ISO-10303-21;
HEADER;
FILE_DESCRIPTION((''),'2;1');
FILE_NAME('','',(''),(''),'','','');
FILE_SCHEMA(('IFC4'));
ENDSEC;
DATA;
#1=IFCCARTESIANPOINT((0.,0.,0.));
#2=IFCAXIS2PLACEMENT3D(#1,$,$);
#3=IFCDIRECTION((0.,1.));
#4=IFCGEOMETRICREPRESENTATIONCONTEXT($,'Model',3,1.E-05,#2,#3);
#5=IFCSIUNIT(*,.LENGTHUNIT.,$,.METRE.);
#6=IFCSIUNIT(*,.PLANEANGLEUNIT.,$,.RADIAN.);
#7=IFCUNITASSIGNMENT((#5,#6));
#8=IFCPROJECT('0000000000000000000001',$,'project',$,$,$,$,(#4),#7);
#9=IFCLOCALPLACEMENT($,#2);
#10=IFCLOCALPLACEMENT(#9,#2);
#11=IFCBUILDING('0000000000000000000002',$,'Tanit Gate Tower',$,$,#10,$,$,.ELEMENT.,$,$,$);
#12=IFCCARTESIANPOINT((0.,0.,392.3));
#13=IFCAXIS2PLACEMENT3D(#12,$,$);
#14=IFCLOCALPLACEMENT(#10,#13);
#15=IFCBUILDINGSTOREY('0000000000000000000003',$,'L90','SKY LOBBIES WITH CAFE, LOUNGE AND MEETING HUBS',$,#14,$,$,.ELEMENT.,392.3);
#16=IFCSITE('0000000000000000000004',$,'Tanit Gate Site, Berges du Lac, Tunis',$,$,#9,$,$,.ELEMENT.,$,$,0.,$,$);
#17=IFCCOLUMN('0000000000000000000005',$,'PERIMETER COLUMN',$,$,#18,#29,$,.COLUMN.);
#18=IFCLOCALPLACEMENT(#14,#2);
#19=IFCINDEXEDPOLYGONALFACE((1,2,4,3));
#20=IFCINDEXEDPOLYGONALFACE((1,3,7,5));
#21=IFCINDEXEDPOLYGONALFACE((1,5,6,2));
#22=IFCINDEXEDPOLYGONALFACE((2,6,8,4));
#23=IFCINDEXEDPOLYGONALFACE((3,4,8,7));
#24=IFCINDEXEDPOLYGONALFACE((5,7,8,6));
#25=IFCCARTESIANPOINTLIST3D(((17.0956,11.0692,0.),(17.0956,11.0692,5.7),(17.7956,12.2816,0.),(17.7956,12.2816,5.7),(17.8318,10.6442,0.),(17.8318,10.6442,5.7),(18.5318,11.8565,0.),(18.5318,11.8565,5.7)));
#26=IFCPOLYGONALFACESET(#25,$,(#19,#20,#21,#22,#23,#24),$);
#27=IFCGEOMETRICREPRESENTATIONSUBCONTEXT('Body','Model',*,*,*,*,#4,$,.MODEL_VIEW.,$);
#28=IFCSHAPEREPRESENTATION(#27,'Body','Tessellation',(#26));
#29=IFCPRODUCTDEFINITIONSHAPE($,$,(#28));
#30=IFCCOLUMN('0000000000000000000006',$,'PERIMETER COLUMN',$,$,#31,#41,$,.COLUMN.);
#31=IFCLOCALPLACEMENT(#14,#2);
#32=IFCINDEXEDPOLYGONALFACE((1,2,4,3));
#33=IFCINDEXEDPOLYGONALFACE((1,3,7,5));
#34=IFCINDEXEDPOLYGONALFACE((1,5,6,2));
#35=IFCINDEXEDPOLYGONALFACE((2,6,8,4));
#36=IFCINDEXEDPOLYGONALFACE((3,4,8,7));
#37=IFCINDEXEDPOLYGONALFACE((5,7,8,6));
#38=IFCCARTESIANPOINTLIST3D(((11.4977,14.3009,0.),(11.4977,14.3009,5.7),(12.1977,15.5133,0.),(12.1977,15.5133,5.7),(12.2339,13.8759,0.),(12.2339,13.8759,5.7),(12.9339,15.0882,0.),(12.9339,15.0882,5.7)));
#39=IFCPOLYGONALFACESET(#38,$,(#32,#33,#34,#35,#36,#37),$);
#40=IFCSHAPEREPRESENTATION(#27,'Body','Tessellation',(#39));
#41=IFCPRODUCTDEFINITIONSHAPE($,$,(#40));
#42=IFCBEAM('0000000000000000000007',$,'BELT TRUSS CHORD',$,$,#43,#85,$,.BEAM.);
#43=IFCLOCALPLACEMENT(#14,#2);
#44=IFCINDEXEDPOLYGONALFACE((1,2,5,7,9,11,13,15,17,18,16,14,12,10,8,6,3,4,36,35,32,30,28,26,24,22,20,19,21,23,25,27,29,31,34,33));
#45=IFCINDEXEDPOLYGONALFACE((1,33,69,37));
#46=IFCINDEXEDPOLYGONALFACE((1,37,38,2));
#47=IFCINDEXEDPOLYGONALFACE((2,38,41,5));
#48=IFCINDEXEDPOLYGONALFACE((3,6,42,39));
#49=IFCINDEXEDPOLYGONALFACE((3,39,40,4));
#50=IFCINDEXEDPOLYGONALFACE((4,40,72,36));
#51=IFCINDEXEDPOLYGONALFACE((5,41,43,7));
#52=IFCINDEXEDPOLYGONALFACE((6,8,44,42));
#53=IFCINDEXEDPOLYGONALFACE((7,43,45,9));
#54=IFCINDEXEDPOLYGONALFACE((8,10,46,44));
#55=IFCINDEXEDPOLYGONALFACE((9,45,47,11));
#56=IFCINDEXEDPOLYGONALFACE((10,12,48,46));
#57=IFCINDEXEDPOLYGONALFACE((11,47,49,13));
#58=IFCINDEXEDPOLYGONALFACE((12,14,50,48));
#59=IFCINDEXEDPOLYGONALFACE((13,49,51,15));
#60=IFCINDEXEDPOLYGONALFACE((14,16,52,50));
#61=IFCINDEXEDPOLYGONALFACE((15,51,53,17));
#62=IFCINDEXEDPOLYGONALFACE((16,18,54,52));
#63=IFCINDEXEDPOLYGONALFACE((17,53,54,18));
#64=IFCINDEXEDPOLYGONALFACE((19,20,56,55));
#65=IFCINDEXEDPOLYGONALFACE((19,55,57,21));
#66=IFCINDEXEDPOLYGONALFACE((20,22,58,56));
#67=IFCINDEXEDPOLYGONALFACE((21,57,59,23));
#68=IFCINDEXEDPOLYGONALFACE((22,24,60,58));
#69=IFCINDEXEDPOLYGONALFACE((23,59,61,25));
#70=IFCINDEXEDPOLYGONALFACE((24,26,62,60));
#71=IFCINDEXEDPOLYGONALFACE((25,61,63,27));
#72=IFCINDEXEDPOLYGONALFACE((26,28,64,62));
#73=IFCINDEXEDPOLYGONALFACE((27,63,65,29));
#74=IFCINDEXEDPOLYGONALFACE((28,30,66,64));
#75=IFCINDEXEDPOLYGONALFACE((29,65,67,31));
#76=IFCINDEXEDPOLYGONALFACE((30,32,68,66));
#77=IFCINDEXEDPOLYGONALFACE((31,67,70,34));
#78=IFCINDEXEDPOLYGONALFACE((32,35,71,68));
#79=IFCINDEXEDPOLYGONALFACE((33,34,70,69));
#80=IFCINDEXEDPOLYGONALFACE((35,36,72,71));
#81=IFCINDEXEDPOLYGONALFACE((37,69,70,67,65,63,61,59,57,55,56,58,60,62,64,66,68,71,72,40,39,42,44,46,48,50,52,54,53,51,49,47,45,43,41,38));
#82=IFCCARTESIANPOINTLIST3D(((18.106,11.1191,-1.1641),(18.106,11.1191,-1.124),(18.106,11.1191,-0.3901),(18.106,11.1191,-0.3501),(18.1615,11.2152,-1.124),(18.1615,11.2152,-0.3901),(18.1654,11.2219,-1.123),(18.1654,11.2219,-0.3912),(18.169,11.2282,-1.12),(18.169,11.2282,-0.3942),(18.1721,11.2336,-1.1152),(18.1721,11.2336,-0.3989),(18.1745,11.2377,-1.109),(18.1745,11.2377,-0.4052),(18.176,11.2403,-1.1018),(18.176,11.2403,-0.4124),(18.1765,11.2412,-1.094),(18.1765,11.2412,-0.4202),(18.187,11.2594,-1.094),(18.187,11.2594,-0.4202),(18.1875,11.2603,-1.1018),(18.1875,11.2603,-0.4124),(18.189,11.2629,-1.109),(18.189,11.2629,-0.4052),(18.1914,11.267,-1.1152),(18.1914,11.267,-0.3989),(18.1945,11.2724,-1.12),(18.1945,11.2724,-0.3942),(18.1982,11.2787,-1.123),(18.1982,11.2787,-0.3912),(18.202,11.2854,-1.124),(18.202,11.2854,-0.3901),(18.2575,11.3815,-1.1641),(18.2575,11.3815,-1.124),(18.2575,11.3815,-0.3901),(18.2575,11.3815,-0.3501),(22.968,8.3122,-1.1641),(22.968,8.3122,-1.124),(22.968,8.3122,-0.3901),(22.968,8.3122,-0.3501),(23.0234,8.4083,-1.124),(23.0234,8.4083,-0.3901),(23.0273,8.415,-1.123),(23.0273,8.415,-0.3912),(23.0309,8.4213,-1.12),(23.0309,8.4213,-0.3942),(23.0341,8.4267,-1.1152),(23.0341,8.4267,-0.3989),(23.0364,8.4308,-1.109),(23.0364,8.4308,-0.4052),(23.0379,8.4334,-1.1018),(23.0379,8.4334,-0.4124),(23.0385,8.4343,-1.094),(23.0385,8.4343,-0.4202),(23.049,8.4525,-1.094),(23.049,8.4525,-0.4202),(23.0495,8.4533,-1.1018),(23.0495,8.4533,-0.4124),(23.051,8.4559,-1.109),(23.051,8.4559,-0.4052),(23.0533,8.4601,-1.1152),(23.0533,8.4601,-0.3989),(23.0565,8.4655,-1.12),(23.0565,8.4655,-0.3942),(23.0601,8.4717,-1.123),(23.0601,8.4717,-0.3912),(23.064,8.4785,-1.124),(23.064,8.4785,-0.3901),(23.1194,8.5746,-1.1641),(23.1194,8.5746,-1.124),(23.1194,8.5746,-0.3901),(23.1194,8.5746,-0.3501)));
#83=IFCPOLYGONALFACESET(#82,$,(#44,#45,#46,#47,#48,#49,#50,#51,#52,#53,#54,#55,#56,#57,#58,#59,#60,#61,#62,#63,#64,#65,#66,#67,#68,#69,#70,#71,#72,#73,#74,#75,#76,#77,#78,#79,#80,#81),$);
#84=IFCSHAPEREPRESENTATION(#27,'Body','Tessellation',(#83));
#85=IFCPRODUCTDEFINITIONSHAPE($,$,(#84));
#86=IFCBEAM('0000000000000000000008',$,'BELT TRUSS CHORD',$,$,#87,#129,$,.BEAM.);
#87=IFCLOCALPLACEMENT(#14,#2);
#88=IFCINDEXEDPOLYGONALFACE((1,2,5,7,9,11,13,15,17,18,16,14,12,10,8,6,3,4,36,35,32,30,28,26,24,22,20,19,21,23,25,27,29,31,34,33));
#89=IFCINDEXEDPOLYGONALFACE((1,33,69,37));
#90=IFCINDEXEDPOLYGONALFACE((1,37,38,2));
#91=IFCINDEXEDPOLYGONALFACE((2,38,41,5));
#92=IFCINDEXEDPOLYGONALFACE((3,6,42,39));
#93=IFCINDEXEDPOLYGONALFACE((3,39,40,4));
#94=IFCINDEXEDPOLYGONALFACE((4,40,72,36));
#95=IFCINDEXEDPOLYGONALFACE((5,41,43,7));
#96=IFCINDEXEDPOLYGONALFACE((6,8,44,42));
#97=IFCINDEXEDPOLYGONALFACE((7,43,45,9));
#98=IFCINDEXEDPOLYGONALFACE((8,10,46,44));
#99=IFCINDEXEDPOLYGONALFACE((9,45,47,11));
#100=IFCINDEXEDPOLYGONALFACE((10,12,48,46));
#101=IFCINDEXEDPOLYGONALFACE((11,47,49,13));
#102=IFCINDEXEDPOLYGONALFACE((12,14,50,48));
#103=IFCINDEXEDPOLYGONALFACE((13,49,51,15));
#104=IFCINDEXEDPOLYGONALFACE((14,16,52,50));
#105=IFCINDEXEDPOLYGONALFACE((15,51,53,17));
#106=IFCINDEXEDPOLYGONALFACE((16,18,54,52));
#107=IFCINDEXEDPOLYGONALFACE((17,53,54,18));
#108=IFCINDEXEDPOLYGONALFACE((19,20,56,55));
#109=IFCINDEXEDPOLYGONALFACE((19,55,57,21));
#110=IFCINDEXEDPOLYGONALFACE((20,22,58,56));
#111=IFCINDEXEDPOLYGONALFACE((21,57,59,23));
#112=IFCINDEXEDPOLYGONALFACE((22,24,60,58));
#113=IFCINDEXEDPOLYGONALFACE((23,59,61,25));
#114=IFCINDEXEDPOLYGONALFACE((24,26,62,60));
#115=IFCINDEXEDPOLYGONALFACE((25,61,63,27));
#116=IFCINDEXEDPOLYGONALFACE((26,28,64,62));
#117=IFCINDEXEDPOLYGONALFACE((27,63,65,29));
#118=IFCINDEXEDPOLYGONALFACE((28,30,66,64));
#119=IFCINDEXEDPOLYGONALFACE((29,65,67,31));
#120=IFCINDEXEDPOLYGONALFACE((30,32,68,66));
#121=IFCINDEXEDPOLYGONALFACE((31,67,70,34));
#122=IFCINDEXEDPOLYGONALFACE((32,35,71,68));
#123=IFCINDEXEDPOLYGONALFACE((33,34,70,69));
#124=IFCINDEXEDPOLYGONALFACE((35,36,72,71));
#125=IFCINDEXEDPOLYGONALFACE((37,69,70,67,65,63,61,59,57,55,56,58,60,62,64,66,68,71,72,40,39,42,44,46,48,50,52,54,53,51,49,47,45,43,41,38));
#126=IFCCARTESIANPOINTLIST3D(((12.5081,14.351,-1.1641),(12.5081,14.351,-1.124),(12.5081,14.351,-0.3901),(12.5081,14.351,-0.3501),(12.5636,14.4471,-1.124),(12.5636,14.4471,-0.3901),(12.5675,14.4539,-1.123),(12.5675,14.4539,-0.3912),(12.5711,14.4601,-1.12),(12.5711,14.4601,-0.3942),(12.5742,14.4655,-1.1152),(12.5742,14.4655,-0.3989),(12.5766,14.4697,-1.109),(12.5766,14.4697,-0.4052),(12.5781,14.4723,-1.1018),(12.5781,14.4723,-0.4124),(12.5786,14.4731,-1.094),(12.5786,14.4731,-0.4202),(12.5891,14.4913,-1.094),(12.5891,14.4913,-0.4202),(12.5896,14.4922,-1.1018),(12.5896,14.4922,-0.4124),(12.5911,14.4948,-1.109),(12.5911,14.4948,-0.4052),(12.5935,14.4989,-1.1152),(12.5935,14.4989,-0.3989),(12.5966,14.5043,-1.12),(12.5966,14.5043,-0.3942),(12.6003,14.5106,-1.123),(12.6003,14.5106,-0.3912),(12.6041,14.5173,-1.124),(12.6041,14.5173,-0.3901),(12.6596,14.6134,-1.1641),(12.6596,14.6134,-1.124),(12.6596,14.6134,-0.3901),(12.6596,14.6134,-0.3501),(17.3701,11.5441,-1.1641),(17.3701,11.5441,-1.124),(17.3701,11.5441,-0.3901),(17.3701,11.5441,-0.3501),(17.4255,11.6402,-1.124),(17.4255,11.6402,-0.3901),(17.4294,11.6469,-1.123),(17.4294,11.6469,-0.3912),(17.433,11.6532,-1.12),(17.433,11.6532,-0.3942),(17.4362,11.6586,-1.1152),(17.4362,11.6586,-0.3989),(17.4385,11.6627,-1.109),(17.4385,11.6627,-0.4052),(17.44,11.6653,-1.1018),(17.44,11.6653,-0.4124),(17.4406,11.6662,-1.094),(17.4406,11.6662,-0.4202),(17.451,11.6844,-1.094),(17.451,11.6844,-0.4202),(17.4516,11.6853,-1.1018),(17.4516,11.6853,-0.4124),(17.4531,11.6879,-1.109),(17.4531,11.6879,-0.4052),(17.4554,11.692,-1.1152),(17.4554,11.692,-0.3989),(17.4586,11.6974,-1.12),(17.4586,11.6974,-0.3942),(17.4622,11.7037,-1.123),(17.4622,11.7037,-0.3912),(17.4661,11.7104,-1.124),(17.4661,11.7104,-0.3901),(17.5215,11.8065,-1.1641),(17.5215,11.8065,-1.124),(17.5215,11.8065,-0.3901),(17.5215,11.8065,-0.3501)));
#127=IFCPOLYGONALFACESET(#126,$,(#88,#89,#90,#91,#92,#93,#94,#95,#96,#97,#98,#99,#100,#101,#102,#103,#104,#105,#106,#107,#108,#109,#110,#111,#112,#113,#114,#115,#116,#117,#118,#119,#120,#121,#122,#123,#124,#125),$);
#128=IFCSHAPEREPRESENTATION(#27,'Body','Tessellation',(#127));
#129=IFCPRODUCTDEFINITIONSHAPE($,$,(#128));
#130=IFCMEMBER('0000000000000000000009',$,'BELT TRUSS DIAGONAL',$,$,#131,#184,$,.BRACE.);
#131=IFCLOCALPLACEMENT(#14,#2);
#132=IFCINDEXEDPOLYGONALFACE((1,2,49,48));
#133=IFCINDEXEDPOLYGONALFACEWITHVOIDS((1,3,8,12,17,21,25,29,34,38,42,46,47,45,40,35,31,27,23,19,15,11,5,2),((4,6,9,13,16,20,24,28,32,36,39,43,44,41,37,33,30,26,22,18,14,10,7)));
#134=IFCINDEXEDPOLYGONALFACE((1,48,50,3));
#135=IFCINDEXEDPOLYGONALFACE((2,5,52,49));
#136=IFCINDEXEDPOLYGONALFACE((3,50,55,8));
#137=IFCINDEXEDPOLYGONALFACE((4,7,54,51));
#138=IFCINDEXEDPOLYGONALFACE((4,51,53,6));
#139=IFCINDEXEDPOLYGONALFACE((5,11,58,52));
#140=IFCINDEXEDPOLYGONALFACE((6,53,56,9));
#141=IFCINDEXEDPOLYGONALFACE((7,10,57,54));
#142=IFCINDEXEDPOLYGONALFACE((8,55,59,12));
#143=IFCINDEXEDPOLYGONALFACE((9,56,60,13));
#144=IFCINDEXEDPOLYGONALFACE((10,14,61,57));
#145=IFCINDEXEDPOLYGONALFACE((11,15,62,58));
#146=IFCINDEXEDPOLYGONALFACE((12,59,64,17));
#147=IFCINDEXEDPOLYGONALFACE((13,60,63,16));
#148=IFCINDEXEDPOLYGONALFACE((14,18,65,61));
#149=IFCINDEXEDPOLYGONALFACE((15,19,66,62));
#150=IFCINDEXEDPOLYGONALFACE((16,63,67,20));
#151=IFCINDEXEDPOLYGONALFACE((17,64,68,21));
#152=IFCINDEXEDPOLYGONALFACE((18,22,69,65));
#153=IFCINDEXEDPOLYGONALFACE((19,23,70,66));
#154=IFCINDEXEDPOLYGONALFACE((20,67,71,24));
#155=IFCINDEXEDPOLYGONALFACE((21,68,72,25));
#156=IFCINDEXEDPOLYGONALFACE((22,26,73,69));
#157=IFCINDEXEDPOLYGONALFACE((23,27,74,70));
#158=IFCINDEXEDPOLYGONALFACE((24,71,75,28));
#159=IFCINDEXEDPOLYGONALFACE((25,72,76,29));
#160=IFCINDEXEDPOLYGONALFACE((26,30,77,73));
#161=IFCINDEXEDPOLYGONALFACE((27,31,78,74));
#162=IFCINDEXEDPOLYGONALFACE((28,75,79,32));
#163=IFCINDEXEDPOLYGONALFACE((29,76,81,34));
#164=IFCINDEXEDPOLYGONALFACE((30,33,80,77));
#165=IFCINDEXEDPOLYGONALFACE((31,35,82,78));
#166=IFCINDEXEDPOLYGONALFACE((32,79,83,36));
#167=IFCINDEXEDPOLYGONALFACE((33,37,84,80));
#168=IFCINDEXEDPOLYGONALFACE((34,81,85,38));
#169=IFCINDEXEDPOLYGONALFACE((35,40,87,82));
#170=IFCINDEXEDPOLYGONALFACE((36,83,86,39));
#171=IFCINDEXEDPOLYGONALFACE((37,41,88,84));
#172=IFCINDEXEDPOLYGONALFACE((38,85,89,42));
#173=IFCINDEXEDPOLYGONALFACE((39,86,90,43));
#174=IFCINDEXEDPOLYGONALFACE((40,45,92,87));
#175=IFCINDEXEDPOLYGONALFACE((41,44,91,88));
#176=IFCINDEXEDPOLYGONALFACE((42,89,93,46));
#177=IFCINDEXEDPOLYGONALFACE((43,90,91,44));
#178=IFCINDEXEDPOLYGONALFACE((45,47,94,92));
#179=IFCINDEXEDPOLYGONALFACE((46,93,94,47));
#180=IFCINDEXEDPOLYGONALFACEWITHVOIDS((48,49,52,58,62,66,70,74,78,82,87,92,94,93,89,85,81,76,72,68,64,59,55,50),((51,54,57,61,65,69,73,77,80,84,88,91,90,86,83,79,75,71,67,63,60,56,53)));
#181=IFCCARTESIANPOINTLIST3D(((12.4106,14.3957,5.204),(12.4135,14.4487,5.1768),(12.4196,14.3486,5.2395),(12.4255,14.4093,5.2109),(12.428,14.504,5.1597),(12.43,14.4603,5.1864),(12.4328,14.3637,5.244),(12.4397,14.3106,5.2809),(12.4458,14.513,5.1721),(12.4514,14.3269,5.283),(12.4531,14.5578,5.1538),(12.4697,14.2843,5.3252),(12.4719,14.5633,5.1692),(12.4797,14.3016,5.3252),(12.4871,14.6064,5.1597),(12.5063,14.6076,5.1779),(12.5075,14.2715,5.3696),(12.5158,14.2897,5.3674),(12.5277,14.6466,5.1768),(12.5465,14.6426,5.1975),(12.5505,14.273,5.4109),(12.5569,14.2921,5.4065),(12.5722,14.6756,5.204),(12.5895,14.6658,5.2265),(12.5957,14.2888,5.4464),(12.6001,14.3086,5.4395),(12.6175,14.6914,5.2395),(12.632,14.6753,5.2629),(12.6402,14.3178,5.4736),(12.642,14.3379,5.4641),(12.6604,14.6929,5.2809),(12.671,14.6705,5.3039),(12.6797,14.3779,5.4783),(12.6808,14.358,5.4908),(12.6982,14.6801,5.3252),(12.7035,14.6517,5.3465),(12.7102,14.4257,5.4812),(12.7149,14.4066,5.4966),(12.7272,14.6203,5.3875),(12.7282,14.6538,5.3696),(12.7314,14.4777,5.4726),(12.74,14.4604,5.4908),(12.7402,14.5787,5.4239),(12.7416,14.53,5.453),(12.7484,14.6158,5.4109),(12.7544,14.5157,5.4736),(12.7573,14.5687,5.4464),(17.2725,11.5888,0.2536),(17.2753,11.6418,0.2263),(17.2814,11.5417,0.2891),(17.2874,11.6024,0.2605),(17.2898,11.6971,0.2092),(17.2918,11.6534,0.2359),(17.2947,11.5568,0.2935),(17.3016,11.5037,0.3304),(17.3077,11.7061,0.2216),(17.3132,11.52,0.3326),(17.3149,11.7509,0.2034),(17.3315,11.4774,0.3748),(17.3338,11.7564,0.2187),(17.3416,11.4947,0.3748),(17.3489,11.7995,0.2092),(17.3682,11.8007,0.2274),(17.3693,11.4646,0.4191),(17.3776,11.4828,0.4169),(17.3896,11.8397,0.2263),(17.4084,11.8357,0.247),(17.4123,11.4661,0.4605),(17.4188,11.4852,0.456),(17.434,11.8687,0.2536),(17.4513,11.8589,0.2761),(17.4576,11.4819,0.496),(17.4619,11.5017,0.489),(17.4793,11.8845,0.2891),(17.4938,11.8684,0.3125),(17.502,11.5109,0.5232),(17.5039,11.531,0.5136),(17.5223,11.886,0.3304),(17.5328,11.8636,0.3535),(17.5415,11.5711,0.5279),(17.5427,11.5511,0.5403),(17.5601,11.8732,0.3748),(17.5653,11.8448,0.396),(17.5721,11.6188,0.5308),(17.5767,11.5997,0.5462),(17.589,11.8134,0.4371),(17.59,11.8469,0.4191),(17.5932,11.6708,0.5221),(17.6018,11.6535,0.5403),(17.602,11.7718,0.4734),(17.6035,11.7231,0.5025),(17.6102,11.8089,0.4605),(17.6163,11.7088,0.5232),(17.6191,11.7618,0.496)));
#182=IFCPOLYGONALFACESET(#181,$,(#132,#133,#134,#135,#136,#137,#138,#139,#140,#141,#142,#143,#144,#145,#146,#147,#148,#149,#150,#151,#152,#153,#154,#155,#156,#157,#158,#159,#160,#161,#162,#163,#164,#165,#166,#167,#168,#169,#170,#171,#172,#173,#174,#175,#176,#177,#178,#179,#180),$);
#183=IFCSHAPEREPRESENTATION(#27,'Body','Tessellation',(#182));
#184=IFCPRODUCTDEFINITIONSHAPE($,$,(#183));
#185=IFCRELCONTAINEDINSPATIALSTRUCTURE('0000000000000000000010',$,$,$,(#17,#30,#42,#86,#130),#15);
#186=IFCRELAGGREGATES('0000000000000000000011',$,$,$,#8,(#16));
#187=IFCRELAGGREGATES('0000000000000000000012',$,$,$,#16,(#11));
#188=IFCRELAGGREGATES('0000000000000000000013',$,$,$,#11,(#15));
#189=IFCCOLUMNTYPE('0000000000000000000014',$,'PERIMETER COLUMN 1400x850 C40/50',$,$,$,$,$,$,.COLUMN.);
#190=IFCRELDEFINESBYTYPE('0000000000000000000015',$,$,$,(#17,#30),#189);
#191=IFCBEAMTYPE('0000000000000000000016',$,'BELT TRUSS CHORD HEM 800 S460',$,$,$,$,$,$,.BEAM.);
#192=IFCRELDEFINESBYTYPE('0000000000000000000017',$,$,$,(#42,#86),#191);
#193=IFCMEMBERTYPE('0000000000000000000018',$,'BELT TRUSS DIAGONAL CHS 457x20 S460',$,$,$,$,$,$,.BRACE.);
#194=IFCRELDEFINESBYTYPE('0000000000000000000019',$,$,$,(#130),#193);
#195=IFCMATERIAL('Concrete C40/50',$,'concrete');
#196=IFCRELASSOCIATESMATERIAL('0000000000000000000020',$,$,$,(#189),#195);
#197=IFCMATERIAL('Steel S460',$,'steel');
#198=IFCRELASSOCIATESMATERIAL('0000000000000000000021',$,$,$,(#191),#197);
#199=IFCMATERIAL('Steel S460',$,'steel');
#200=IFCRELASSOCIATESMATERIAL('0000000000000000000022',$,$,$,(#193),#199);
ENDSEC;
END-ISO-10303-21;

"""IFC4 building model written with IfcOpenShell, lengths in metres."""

from ifc_helpers import new_model, si_unit, direction, frame, origin, origin_2d, place, context, subcontext, project, spatial, rectangle, hollow_circle, i_section, extrude, material, material_profile, profile_set, type_object, element, save


model = new_model("IFC4")

# Units and contexts
model_context = context("Model", 3, precision=1e-05, world=origin(), true_north=direction((0.0, 1.0)))
body_context = subcontext(model_context, "Body", "Model", "MODEL_VIEW")
ifc_project = project(units=[si_unit("LENGTHUNIT", "METRE"), si_unit("PLANEANGLEUNIT", "RADIAN")], contexts=[model_context])

# Site, building, storey
site_placement = place(None, origin())
site = spatial("IfcSite", under=ifc_project, at=site_placement, Name="Tanit Gate Site, Berges du Lac, Tunis", CompositionType="ELEMENT", RefElevation=0.0)
building_placement = place(site_placement, origin())
building = spatial("IfcBuilding", under=site, at=building_placement, Name="Tanit Gate Tower", CompositionType="ELEMENT")
storey_placement = place(building_placement, frame((0.0, 0.0, 392.3)))
storey = spatial("IfcBuildingStorey", under=building, at=storey_placement, Name="L90", Description="SKY LOBBIES WITH CAFE, LOUNGE AND MEETING HUBS", CompositionType="ELEMENT", Elevation=392.3)

# Columns
ifc_material_1 = material(Name="Concrete C40/50", Category="concrete")
ifc_material_profile_1 = material_profile(ifc_material_1, rectangle(XDim=1.3999, YDim=0.8501, at=origin_2d()), Name="RC 1400x850")
ifc_profile_set_1 = profile_set([ifc_material_profile_1], Name="Concrete C40/50")
column_type = type_object("IfcColumnType", Name="PERIMETER COLUMN 1400x850 C40/50", PredefinedType="COLUMN", material=ifc_profile_set_1)
for number, where, z_axis, x_axis, name in (
    (1, (17.8137, 11.4629, 0.0), (0.0, 0.0, 1.0), (0.5, 0.866025, 0.0), "PERIMETER COLUMN"),
    (2, (12.2158, 14.6946, 0.0), (0.0, 0.0, 1.0), (0.5, 0.866025, 0.0), "PERIMETER COLUMN"),
):
    element("IfcColumn", number, at=place(storey_placement, frame(where, z_axis=z_axis, x_axis=x_axis)), inside=storey, type_object=column_type, Name=name, PredefinedType="COLUMN", context=body_context, shape_type="SweptSolid", body=[
        extrude(rectangle(XDim=1.3999, YDim=0.8501, at=origin_2d()), origin(), (0.0, 0.0, 1.0), 5.7),
    ])

# Beams
ifc_material_2 = material(Name="Steel S460", Category="steel")
ifc_material_profile_2 = material_profile(ifc_material_2, i_section(OverallWidth=0.303, OverallDepth=0.814, WebThickness=0.021, FlangeThickness=0.04, FilletRadius=0.03, at=origin_2d()), Name="HEM 800")
ifc_profile_set_2 = profile_set([ifc_material_profile_2], Name="Steel S460")
beam_type_1 = type_object("IfcBeamType", Name="BELT TRUSS CHORD HEM 800 S460", PredefinedType="BEAM", material=ifc_profile_set_2)
for number, where, z_axis, x_axis, name in (
    (3, (23.0437, 8.4434, -0.7571), (-0.866032, 0.499988, 0.0), (-0.499988, -0.866032, 0.0), "BELT TRUSS CHORD"),
    (4, (17.4458, 11.6753, -0.7571), (-0.866032, 0.499988, 0.0), (-0.499988, -0.866032, 0.0), "BELT TRUSS CHORD"),
):
    element("IfcBeam", number, at=place(storey_placement, frame(where, z_axis=z_axis, x_axis=x_axis)), inside=storey, type_object=beam_type_1, Name=name, PredefinedType="BEAM", context=body_context, shape_type="SweptSolid", body=[
        extrude(i_section(OverallWidth=0.303, OverallDepth=0.814, WebThickness=0.021, FlangeThickness=0.04, FilletRadius=0.03, at=origin_2d()), origin(), (0.0, 0.0, 1.0), 5.614),
    ])

# Member
ifc_material_3 = material(Name="Steel S460", Category="steel")
ifc_material_profile_3 = material_profile(ifc_material_3, hollow_circle(Radius=0.2285, WallThickness=0.02, at=origin_2d()), Name="CHS 457x20")
ifc_profile_set_3 = profile_set([ifc_material_profile_3], Name="Steel S460")
member_type_1 = type_object("IfcMemberType", Name="BELT TRUSS DIAGONAL CHS 457x20 S460", PredefinedType="BRACE", material=ifc_profile_set_3)
for number, where, z_axis, x_axis, name in (
    (5, (17.4458, 11.6753, 0.3748), (-0.649556, 0.37501, 0.661396), (-0.499988, -0.866032, 0.0), "BELT TRUSS DIAGONAL"),
):
    element("IfcMember", number, at=place(storey_placement, frame(where, z_axis=z_axis, x_axis=x_axis)), inside=storey, type_object=member_type_1, Name=name, PredefinedType="BRACE", context=body_context, shape_type="SweptSolid", body=[
        extrude(hollow_circle(Radius=0.2285, WallThickness=0.02, at=origin_2d()), origin(), (0.0, 0.0, 1.0), 7.4849),
    ])

save(model, "model.ifc")
